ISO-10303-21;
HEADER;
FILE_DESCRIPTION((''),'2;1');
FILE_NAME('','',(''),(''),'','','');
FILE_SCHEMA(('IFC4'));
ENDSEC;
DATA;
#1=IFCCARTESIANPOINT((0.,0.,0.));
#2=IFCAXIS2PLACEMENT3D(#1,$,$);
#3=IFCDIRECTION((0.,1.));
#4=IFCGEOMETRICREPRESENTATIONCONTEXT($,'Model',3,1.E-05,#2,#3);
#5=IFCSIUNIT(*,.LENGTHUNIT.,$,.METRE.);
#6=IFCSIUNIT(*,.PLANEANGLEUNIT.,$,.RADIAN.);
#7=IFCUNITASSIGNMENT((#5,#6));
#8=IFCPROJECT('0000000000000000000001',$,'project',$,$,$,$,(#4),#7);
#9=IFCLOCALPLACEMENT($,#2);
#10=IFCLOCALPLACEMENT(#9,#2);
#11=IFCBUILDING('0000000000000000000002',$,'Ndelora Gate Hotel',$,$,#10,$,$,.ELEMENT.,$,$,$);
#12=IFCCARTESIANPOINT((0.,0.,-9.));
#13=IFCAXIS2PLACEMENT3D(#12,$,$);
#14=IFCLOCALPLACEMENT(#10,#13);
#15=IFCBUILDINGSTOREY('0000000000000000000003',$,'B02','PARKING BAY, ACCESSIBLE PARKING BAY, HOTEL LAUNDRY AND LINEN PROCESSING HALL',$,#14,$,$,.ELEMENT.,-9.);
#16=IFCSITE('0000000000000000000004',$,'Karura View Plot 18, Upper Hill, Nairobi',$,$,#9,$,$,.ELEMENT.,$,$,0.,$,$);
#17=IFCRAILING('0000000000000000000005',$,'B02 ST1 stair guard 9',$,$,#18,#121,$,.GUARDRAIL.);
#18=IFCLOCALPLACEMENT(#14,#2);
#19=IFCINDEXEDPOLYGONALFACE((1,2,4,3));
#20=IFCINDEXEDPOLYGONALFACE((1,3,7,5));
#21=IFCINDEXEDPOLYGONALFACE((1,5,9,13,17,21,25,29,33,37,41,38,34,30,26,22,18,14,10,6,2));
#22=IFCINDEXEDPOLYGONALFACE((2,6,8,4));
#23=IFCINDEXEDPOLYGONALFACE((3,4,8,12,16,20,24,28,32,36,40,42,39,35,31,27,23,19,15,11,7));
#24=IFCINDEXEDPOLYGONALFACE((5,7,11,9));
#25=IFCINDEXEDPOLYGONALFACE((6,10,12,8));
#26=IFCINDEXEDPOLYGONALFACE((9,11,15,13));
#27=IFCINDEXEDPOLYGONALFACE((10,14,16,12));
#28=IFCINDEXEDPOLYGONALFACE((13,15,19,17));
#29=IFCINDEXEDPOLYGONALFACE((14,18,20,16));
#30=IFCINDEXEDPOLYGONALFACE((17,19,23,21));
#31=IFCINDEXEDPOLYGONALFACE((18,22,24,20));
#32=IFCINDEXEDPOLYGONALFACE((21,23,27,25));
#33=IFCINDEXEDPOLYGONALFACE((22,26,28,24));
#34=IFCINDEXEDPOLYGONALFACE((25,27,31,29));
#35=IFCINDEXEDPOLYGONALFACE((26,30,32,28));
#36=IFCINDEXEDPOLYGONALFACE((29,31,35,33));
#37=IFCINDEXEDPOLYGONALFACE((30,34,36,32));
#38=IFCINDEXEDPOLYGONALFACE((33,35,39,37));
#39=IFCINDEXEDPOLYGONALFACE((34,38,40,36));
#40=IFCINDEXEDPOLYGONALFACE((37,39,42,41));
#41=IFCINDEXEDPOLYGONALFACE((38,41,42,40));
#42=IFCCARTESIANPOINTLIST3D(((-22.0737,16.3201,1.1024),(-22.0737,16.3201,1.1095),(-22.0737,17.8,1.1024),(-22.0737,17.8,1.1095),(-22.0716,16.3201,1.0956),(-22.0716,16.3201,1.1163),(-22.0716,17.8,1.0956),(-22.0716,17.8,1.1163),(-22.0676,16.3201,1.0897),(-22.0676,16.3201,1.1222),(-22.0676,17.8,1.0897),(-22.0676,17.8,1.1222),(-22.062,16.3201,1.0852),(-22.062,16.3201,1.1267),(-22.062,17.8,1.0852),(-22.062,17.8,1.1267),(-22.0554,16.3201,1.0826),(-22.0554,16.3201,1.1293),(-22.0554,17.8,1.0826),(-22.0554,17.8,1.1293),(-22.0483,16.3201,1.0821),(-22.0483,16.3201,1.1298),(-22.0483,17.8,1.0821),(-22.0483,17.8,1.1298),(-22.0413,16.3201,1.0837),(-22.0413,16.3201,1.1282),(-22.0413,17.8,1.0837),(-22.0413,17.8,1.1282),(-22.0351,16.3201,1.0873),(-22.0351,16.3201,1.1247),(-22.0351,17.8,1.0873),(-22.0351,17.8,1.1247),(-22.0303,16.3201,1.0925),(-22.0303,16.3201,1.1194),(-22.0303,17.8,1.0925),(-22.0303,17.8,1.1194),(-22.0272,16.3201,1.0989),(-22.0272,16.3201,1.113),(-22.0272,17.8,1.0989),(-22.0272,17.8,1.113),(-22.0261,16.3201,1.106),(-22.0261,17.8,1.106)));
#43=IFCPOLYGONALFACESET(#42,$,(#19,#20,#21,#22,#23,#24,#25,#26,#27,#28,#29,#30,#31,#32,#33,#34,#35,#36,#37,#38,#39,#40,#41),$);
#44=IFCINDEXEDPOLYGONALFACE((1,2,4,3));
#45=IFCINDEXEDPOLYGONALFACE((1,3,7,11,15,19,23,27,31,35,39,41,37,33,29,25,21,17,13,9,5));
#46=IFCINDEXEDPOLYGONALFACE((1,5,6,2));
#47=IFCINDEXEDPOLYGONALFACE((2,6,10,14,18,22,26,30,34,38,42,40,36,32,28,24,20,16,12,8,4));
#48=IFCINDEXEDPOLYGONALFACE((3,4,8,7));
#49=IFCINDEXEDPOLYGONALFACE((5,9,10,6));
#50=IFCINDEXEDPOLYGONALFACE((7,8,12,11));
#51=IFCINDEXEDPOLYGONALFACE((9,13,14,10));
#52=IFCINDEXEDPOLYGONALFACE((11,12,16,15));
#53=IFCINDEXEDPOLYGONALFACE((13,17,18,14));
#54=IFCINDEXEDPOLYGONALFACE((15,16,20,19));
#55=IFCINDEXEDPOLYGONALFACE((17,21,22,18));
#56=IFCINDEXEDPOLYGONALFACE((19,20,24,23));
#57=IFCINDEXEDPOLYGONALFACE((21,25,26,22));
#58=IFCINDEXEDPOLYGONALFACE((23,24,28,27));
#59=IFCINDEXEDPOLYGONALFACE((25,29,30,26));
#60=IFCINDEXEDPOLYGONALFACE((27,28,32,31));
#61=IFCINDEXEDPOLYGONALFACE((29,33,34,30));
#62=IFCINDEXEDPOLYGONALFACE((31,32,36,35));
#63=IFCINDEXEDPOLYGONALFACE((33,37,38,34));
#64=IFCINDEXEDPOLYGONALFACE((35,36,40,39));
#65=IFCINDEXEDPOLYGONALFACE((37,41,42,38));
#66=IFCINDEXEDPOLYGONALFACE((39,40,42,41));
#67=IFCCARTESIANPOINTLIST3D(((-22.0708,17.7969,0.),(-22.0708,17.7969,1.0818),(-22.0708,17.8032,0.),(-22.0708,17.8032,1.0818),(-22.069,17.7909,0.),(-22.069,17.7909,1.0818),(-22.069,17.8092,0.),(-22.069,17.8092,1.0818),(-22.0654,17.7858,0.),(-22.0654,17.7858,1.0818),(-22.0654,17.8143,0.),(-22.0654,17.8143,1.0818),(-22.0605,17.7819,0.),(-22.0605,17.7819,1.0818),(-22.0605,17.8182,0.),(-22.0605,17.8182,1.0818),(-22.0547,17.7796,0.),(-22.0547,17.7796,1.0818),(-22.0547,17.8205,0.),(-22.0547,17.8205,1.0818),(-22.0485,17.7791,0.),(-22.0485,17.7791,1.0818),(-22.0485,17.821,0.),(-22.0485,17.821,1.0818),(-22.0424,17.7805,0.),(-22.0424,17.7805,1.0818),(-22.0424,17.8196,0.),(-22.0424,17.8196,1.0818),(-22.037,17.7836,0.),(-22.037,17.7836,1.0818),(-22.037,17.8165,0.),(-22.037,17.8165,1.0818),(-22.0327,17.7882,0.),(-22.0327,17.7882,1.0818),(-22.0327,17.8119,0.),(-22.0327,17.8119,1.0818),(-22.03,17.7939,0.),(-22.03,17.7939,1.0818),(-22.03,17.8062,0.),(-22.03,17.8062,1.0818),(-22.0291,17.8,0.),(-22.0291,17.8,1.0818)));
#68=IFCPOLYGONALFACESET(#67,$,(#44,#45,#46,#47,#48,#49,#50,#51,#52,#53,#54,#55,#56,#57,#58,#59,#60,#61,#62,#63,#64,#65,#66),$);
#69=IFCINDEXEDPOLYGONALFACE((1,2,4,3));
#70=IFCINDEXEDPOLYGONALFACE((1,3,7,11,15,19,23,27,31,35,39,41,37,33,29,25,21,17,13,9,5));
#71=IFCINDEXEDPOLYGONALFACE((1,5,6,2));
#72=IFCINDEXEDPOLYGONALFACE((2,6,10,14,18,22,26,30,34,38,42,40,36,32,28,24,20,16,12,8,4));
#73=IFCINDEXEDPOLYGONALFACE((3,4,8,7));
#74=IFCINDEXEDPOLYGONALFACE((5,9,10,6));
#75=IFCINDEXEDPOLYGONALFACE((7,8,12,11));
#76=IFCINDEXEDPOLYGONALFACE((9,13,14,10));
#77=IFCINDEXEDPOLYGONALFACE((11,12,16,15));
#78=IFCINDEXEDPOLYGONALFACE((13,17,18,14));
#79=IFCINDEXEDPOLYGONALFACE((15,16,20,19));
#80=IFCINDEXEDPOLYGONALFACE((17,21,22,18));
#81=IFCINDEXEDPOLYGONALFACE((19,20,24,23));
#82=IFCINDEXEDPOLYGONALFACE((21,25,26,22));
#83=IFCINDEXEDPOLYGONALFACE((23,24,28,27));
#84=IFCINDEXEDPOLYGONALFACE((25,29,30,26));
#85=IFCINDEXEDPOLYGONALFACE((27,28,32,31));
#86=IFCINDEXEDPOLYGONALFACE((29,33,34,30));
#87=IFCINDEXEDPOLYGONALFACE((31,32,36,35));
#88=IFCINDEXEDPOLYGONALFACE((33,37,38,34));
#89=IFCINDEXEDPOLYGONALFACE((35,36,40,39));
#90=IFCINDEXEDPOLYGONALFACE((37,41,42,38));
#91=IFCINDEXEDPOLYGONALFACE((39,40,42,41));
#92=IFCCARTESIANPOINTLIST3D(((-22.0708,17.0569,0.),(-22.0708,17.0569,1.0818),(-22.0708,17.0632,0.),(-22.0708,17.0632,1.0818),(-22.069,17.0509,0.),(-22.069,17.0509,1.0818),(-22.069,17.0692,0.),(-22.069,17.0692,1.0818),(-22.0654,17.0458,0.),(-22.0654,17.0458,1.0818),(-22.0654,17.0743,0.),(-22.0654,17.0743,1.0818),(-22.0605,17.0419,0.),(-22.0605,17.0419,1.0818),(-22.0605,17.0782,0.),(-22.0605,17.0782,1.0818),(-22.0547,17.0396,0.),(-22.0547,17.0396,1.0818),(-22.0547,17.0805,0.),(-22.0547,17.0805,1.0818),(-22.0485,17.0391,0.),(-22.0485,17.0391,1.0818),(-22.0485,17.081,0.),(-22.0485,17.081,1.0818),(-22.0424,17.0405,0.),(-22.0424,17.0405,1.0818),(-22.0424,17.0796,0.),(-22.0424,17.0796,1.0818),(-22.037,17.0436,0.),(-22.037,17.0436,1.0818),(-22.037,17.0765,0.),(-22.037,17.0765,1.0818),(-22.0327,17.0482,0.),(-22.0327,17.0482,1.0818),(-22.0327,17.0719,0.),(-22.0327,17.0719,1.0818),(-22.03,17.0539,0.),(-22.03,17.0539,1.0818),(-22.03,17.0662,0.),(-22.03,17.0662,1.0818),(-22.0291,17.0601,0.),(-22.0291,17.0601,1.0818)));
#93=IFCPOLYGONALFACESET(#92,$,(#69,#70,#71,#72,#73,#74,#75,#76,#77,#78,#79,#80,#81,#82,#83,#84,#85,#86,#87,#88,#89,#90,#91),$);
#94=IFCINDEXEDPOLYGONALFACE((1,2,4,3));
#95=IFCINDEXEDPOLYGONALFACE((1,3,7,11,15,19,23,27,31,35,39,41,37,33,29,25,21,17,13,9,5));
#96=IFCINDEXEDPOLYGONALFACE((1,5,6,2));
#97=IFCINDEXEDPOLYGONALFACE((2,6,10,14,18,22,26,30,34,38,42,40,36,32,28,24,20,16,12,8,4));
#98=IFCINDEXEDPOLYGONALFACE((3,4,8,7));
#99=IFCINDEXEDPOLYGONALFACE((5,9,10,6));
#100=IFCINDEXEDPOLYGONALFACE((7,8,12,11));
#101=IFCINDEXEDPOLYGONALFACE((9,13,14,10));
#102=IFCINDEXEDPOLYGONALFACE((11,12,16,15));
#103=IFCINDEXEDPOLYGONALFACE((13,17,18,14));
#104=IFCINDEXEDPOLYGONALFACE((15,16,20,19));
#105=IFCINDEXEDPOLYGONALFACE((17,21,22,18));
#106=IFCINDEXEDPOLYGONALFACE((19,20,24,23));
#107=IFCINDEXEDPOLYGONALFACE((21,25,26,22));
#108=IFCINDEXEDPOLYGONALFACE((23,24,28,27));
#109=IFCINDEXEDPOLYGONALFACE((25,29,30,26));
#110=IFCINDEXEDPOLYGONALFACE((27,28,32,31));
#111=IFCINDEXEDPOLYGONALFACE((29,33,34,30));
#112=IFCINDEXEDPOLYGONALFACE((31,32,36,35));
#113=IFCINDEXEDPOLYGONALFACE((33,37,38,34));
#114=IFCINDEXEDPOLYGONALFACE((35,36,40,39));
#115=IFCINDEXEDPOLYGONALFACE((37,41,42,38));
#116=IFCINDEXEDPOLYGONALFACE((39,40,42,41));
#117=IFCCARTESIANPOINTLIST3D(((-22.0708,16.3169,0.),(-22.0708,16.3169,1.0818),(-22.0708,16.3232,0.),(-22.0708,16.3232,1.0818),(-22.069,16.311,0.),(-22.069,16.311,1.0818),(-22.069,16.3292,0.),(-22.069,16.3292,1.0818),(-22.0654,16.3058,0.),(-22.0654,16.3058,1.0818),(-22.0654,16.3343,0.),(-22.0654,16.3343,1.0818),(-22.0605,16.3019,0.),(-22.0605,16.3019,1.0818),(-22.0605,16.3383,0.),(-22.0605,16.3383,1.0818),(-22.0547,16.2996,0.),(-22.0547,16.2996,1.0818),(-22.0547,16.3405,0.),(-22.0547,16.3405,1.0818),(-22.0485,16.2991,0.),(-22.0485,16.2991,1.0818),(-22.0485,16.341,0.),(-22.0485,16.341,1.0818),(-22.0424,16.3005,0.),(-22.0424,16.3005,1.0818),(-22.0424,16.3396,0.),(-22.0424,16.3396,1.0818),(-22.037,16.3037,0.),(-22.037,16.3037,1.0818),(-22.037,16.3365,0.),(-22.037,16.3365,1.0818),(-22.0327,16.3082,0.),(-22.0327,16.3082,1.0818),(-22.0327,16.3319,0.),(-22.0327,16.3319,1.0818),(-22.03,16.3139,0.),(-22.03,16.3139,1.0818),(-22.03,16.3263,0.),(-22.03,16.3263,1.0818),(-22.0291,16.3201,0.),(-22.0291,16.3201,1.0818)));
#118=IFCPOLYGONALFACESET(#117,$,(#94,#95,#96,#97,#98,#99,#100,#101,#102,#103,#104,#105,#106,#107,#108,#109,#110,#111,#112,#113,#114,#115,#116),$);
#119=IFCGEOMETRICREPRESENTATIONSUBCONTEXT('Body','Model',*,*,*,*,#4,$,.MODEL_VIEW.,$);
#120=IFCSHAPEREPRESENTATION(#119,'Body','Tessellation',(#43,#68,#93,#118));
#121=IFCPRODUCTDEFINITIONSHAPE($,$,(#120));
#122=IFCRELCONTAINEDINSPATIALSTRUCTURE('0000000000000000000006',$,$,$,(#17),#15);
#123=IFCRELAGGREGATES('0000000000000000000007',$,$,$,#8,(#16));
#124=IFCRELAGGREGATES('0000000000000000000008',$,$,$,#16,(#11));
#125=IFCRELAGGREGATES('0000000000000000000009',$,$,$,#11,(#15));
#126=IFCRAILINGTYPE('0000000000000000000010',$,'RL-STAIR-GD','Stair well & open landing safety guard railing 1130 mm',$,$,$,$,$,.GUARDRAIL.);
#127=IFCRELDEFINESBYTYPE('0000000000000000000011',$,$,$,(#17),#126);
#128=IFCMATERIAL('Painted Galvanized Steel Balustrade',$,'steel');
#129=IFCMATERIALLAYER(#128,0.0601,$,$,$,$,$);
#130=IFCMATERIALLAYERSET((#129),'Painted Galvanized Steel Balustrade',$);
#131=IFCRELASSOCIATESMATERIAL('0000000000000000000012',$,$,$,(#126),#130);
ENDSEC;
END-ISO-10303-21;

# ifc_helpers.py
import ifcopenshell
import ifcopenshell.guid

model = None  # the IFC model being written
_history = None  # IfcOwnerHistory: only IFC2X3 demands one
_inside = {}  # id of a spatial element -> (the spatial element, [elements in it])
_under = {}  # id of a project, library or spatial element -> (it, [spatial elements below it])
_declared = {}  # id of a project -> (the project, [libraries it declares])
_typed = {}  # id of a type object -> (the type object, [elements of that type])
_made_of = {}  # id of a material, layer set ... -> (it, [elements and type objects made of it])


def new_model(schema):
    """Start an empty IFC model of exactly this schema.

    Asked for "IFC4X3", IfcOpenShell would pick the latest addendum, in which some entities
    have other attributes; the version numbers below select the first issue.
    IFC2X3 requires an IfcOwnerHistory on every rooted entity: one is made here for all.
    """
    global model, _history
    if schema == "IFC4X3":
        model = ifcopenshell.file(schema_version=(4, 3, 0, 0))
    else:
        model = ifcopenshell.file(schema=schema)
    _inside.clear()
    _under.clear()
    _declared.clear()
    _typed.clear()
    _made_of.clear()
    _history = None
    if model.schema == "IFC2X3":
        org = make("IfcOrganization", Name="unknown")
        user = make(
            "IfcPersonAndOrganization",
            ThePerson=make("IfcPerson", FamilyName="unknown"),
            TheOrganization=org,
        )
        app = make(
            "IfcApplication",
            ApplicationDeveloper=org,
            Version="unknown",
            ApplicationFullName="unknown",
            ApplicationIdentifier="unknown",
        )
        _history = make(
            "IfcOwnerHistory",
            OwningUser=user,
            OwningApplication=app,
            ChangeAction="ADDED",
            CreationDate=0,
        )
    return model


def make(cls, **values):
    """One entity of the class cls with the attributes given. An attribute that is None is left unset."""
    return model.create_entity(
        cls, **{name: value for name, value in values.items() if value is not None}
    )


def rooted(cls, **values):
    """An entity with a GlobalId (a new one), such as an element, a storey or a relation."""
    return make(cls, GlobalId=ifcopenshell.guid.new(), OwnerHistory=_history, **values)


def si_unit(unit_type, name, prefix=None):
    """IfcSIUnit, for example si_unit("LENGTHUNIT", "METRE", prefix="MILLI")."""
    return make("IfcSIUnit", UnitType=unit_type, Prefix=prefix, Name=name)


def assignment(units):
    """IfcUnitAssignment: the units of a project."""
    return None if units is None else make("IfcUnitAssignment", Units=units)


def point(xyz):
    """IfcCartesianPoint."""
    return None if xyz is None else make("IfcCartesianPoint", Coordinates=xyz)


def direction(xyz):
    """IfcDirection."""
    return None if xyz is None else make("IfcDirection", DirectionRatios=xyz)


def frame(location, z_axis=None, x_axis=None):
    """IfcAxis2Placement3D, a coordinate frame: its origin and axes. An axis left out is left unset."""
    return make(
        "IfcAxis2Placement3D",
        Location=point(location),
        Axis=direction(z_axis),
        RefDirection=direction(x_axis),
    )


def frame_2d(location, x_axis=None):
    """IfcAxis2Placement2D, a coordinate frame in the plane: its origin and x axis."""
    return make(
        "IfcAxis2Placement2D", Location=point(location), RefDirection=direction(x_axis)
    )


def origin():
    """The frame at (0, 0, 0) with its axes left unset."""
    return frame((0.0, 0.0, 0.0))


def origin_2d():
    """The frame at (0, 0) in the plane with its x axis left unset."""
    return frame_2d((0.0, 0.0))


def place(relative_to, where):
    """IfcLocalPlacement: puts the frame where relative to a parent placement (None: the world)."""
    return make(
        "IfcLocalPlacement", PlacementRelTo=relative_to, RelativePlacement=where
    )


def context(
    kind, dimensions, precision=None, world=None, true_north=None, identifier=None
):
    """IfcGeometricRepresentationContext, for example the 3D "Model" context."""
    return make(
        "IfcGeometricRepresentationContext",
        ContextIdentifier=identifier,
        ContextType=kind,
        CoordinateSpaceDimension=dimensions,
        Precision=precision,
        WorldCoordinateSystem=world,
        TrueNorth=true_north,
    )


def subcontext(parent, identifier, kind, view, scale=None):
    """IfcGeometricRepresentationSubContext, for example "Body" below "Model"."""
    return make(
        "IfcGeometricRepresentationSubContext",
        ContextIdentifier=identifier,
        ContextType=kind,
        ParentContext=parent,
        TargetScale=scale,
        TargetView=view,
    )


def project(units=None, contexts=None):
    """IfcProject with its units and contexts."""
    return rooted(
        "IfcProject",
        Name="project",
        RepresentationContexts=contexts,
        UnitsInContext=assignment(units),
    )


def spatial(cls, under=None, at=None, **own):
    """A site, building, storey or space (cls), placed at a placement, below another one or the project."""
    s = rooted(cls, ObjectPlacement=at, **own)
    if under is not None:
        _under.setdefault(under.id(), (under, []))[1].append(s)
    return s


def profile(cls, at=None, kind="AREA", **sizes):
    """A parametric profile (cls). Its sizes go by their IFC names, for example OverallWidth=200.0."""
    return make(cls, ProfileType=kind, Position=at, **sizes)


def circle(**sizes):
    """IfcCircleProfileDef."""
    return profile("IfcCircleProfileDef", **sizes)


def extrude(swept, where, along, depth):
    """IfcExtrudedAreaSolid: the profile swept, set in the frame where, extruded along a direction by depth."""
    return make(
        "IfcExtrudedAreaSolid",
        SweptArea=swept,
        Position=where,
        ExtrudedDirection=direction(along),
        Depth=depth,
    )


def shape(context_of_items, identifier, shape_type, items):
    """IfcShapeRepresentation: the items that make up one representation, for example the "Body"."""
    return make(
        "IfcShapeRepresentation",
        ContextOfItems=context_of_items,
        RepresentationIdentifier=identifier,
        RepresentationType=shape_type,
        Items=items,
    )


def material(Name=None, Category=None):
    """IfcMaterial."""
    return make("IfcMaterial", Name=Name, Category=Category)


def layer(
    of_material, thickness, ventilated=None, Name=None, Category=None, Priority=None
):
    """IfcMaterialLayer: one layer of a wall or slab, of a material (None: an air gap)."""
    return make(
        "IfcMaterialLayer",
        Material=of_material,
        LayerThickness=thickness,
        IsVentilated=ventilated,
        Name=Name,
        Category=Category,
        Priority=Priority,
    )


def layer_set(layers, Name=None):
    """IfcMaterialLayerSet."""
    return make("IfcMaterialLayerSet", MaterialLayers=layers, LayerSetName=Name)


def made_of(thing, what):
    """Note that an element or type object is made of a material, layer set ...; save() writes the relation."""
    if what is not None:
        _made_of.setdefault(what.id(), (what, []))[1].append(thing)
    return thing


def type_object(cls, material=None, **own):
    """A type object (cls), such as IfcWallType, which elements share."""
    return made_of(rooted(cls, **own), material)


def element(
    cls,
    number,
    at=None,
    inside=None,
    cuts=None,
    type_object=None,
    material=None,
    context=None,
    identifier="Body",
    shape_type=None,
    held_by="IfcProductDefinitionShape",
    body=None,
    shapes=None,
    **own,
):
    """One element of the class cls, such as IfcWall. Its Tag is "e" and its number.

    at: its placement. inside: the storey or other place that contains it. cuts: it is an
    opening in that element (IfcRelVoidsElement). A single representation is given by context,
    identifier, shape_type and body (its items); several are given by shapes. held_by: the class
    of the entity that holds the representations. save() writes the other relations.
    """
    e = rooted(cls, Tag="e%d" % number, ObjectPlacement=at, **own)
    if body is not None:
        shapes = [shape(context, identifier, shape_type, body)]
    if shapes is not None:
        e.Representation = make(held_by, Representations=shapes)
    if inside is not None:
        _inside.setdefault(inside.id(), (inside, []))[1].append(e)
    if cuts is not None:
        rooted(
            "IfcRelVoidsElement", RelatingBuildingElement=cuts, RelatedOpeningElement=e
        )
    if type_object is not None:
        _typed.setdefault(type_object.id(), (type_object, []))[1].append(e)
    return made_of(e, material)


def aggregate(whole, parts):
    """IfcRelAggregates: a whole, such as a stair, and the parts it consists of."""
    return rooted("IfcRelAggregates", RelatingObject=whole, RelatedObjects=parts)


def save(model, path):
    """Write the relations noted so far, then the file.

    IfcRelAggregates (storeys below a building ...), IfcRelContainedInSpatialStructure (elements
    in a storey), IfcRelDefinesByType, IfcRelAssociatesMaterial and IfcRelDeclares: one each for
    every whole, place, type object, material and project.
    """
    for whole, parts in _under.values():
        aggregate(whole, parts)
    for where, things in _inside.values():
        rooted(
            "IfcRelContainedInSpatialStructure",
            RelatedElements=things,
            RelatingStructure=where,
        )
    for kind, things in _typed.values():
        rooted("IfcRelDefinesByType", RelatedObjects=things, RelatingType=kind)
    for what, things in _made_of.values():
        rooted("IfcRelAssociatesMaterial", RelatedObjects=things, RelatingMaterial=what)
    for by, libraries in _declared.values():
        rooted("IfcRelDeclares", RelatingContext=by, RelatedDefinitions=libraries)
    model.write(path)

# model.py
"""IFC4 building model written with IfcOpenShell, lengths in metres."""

from ifc_helpers import new_model, si_unit, direction, frame, origin, origin_2d, place, context, subcontext, project, spatial, circle, extrude, material, layer, layer_set, type_object, element, save


model = new_model("IFC4")

# Units and contexts
model_context = context("Model", 3, precision=1e-05, world=origin(), true_north=direction((0.0, 1.0)))
body_context = subcontext(model_context, "Body", "Model", "MODEL_VIEW")
ifc_project = project(units=[si_unit("LENGTHUNIT", "METRE"), si_unit("PLANEANGLEUNIT", "RADIAN")], contexts=[model_context])

# Site, building, storey
site_placement = place(None, origin())
site = spatial("IfcSite", under=ifc_project, at=site_placement, Name="Karura View Plot 18, Upper Hill, Nairobi", CompositionType="ELEMENT", RefElevation=0.0)
building_placement = place(site_placement, origin())
building = spatial("IfcBuilding", under=site, at=building_placement, Name="Ndelora Gate Hotel", CompositionType="ELEMENT")
storey_placement = place(building_placement, frame((0.0, 0.0, -9.0)))
storey = spatial("IfcBuildingStorey", under=building, at=storey_placement, Name="B02", Description="PARKING BAY, ACCESSIBLE PARKING BAY, HOTEL LAUNDRY AND LINEN PROCESSING HALL", CompositionType="ELEMENT", Elevation=-9.0)

# Railing
ifc_material_1 = material(Name="Painted Galvanized Steel Balustrade", Category="steel")
ifc_layer_1 = layer(ifc_material_1, 0.0601)
ifc_layer_set_1 = layer_set([ifc_layer_1], Name="Painted Galvanized Steel Balustrade")
railing_type_1 = type_object("IfcRailingType", Name="RL-STAIR-GD", Description="Stair well & open landing safety guard railing 1130 mm", PredefinedType="GUARDRAIL", material=ifc_layer_set_1)
for number, where, name in (
    (1, (-22.05, 17.8, 0.0), "B02 ST1 stair guard 9"),
):
    element("IfcRailing", number, at=place(storey_placement, frame(where)), inside=storey, type_object=railing_type_1, Name=name, PredefinedType="GUARDRAIL", context=body_context, shape_type="SweptSolid", body=[
        extrude(circle(Radius=0.0239, at=origin_2d()), frame((0.0, 0.0, 1.106), z_axis=(0.0, -1.0, 0.0), x_axis=(1.0, 0.0, 0.0)), (0.0, 0.0, 1.0), 1.48),
        extrude(circle(Radius=0.021, at=origin_2d()), origin(), (0.0, 0.0, 1.0), 1.0818),
        extrude(circle(Radius=0.021, at=origin_2d()), frame((0.0, -0.74, 0.0)), (0.0, 0.0, 1.0), 1.0818),
        extrude(circle(Radius=0.021, at=origin_2d()), frame((0.0, -1.48, 0.0)), (0.0, 0.0, 1.0), 1.0818),
    ])

save(model, "model.ifc")
